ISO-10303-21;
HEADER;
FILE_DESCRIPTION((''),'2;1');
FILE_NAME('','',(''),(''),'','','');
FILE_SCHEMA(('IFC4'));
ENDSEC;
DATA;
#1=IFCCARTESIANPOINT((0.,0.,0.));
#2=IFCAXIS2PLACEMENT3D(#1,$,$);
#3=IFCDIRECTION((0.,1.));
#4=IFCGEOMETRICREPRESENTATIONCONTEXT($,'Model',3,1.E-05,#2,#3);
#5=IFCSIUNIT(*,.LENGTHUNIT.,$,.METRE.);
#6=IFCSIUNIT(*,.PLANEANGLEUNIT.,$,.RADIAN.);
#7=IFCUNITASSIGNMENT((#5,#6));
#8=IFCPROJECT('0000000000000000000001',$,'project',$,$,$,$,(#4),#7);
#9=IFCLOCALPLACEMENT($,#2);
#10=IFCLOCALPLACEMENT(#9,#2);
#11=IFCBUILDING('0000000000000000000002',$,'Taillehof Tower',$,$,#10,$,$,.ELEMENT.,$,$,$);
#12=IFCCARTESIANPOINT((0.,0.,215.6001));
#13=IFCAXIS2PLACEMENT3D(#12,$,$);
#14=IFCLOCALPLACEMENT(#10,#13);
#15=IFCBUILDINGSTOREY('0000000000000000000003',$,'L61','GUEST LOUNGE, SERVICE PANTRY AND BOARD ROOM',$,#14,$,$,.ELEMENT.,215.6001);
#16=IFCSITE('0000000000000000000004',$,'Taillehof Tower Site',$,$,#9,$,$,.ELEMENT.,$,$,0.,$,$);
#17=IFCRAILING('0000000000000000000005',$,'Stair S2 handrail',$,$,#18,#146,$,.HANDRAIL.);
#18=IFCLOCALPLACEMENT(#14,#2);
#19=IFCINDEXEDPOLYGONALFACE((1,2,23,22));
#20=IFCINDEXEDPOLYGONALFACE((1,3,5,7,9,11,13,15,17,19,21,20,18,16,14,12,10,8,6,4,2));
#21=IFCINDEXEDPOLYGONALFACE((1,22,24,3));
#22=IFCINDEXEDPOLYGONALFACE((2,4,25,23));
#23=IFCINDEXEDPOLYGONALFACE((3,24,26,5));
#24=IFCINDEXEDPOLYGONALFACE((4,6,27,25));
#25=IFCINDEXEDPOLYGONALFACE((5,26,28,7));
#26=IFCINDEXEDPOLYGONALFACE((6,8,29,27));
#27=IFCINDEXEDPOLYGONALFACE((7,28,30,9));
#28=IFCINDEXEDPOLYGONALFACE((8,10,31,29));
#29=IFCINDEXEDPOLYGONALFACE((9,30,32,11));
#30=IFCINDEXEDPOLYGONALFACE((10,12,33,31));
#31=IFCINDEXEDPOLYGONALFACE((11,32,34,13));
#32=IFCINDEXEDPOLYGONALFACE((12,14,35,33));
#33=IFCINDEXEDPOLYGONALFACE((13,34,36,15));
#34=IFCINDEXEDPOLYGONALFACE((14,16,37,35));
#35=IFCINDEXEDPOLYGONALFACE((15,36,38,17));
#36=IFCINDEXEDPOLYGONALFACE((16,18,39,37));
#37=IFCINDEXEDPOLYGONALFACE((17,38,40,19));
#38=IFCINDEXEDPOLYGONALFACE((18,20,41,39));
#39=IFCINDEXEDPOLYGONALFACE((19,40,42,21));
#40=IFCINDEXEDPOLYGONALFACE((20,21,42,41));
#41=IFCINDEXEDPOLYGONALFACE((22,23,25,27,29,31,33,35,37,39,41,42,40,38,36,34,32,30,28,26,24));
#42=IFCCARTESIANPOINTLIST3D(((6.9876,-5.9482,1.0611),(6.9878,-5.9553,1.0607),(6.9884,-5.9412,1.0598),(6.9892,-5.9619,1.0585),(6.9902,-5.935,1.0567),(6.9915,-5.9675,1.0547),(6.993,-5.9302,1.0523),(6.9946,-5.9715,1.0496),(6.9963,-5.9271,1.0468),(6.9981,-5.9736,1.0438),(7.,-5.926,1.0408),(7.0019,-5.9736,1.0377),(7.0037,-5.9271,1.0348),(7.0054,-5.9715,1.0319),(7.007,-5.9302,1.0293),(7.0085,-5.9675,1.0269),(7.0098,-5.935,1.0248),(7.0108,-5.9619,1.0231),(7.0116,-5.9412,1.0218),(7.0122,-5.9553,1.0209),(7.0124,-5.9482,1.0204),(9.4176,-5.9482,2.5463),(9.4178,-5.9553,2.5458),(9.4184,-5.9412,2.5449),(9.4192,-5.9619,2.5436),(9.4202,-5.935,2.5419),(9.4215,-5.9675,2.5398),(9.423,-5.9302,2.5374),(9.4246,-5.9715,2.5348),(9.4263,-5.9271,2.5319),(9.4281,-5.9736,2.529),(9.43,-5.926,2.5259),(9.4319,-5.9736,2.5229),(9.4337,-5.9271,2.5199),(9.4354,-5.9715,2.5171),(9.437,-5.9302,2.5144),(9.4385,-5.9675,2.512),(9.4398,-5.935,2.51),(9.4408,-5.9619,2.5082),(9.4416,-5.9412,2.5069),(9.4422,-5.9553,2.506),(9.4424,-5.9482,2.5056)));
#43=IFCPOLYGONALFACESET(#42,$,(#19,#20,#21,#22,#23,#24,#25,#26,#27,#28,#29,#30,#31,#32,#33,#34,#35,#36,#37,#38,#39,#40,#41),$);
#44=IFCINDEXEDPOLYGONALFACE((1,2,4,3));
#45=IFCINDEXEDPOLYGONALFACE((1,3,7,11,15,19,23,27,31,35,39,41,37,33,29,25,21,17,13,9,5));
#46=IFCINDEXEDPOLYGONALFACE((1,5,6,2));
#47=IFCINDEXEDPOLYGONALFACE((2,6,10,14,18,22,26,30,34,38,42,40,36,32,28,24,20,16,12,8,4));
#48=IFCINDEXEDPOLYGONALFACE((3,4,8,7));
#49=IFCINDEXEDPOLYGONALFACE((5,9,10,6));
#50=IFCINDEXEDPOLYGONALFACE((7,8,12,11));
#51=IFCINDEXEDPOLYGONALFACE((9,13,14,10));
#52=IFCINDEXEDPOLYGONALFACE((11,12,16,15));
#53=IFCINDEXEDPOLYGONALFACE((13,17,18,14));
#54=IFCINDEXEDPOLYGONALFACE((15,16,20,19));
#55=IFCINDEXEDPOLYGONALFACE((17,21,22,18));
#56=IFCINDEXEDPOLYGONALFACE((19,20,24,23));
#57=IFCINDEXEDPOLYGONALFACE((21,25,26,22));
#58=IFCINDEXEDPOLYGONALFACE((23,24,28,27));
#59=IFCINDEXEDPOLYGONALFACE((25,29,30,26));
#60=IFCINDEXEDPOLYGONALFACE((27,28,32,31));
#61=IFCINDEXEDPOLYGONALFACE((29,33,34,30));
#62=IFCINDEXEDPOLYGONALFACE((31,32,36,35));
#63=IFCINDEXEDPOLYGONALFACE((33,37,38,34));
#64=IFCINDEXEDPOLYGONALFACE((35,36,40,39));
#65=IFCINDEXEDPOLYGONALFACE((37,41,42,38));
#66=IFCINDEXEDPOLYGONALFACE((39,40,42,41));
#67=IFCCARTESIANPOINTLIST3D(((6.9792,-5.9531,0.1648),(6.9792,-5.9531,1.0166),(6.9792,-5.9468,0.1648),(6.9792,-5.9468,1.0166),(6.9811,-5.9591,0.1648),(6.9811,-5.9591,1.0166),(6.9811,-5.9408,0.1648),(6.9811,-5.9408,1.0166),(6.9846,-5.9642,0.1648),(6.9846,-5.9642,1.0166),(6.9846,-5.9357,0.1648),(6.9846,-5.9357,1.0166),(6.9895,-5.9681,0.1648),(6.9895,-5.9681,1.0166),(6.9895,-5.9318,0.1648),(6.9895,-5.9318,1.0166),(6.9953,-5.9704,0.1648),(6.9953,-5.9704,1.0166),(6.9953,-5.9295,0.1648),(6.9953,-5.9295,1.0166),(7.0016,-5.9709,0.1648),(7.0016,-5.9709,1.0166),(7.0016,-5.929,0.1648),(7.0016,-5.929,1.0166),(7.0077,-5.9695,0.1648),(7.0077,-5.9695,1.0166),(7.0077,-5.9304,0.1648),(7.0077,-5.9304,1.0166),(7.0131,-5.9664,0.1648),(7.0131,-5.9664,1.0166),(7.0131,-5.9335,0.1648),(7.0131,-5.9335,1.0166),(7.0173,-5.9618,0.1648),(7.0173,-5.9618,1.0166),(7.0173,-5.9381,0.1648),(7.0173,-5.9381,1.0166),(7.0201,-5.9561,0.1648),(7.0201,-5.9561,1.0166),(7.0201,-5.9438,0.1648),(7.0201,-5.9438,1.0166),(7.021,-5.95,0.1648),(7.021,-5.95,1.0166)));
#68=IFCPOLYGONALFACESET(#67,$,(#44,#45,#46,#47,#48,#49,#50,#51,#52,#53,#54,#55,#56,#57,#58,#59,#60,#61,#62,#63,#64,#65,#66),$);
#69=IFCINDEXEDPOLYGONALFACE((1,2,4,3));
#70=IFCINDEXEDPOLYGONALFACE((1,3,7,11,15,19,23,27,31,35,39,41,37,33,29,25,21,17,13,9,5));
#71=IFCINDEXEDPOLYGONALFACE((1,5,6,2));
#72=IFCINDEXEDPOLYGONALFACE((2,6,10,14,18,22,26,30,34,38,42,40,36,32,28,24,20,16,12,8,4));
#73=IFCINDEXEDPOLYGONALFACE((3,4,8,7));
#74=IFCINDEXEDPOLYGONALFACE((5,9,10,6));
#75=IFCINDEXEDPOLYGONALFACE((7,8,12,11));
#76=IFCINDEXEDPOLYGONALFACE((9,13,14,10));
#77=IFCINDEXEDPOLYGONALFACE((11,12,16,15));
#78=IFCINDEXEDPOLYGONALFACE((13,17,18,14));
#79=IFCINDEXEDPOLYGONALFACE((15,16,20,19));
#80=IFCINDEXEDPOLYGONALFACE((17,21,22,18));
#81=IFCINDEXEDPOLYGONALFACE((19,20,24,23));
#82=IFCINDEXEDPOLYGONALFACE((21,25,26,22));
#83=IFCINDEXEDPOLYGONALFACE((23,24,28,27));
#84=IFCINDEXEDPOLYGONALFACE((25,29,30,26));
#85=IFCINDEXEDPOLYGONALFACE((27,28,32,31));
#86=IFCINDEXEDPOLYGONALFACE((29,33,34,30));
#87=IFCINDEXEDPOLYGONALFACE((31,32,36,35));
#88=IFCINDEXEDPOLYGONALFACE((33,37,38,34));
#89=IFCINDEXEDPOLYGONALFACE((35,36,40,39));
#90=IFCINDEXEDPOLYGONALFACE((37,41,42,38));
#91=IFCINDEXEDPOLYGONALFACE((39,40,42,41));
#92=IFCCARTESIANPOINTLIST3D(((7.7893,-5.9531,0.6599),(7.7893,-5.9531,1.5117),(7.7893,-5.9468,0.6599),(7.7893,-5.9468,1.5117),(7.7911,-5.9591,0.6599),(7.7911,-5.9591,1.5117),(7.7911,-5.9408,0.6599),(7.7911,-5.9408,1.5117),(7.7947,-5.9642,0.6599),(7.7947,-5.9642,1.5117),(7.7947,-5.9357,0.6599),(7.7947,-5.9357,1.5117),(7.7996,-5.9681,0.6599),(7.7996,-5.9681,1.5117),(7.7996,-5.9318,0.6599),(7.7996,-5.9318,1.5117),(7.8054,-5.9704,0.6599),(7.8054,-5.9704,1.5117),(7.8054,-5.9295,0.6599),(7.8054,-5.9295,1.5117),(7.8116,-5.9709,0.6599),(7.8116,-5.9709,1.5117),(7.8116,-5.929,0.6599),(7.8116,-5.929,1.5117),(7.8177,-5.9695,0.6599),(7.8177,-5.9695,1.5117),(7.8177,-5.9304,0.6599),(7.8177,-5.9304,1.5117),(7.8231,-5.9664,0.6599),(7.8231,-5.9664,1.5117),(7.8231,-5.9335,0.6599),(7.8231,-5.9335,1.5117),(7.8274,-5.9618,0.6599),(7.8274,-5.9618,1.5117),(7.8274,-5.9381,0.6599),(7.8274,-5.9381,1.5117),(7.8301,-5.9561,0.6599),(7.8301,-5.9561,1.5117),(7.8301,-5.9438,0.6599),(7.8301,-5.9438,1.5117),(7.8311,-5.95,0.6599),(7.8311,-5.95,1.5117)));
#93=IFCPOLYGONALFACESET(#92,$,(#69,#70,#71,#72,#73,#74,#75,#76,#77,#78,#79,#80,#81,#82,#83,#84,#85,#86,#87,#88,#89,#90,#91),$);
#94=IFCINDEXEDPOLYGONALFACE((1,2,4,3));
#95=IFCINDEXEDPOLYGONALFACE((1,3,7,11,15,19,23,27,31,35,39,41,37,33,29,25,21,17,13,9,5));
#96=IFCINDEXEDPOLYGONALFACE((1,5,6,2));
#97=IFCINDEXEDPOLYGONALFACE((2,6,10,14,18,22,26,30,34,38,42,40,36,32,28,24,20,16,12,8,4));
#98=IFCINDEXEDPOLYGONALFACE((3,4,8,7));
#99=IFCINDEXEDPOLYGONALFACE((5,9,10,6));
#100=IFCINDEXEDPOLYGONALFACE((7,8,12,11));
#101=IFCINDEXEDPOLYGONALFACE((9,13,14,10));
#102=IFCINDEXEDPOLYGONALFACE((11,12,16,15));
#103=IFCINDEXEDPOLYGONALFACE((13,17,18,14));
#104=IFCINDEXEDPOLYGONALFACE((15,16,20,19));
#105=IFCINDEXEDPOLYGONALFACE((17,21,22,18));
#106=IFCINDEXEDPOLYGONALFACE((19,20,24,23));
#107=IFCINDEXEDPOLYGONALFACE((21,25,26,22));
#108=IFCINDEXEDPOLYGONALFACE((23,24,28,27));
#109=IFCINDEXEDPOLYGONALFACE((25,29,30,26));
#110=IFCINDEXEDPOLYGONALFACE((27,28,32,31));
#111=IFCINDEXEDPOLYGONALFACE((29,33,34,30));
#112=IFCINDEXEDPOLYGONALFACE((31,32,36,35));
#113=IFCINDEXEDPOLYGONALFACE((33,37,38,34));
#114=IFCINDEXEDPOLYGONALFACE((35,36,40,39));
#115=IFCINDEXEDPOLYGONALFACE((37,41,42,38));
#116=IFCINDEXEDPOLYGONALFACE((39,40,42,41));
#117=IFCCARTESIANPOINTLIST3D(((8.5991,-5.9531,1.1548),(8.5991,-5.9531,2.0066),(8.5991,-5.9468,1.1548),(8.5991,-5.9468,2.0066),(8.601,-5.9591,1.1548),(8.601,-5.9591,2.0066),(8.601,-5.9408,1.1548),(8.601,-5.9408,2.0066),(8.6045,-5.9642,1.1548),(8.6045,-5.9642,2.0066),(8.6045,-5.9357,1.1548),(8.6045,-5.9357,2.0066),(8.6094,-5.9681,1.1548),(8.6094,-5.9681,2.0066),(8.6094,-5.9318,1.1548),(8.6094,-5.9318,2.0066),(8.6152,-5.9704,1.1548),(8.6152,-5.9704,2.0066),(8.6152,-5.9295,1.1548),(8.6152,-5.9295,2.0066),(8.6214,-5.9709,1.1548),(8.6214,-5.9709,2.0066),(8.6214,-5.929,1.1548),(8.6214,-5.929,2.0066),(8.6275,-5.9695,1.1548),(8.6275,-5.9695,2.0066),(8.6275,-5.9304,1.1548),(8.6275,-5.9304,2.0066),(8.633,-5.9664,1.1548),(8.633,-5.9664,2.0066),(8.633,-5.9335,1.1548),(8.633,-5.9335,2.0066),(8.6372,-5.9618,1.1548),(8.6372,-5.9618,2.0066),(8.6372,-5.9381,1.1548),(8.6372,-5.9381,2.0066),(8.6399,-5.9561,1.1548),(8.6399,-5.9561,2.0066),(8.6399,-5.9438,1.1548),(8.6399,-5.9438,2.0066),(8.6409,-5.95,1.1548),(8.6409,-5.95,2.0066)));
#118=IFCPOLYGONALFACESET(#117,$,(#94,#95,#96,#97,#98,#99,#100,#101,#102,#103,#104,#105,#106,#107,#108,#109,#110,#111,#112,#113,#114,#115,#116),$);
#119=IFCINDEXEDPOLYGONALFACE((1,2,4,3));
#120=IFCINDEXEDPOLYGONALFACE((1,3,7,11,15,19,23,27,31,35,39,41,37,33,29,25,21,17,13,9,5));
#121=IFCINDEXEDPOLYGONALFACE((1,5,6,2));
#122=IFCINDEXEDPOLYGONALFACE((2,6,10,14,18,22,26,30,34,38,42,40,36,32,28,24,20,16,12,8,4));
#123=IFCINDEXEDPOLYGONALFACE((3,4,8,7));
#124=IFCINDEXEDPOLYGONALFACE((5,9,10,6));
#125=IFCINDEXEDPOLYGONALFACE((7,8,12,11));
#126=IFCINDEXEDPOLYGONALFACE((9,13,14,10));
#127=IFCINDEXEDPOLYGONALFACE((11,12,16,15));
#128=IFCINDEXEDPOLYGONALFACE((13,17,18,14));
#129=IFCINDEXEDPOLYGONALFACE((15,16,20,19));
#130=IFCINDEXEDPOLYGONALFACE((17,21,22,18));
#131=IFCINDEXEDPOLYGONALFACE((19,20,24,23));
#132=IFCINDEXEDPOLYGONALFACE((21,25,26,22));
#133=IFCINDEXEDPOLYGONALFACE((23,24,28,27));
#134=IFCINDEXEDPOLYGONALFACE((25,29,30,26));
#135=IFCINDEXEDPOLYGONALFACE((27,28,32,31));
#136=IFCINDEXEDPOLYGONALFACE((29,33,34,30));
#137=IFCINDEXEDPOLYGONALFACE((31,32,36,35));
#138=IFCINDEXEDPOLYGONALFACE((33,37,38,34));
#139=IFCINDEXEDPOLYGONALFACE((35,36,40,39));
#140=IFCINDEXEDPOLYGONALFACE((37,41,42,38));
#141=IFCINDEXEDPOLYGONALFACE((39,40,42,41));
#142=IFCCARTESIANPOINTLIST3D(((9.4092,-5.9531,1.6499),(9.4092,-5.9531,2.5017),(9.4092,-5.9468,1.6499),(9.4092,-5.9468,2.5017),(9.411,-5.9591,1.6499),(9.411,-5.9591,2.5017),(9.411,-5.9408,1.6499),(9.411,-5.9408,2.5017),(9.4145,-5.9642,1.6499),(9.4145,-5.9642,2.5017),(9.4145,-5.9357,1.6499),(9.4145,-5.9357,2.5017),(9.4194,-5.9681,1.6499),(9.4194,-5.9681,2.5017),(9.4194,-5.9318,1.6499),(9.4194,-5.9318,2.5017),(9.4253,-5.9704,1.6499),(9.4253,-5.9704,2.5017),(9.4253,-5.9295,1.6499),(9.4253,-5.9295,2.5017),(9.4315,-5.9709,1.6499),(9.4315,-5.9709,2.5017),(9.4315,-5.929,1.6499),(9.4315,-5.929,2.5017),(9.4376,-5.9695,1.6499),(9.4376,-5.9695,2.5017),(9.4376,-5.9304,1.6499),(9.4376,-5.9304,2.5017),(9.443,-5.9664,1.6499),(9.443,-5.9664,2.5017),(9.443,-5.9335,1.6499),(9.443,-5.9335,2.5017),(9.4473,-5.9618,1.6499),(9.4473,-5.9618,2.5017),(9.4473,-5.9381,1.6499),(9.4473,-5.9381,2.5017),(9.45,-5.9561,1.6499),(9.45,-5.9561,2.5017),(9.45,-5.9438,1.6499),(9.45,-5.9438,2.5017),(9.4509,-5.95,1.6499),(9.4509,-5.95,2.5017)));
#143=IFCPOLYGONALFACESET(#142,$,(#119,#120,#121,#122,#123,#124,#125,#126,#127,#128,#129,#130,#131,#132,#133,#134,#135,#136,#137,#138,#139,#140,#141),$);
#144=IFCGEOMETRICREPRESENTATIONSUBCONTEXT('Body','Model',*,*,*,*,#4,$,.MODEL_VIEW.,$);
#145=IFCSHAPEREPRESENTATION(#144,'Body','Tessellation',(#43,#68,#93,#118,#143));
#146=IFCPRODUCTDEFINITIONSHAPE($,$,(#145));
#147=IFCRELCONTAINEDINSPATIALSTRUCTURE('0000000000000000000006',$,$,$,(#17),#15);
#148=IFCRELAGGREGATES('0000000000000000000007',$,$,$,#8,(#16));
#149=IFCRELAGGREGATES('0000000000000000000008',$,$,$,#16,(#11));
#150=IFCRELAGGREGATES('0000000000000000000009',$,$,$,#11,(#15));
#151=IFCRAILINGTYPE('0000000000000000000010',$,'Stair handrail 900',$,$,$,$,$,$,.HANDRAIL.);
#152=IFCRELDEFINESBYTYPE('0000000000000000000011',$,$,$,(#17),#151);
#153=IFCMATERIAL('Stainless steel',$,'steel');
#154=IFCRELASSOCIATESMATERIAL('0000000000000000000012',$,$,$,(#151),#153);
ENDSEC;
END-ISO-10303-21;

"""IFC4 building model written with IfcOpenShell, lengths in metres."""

from ifc_helpers import new_model, si_unit, direction, frame, origin, origin_2d, place, context, subcontext, project, spatial, circle, extrude, material, type_object, element, save


model = new_model("IFC4")

# Units and contexts
model_context = context("Model", 3, precision=1e-05, world=origin(), true_north=direction((0.0, 1.0)))
body_context = subcontext(model_context, "Body", "Model", "MODEL_VIEW")
ifc_project = project(units=[si_unit("LENGTHUNIT", "METRE"), si_unit("PLANEANGLEUNIT", "RADIAN")], contexts=[model_context])

# Site, building, storey
site_placement = place(None, origin())
site = spatial("IfcSite", under=ifc_project, at=site_placement, Name="Taillehof Tower Site", CompositionType="ELEMENT", RefElevation=0.0)
building_placement = place(site_placement, origin())
building = spatial("IfcBuilding", under=site, at=building_placement, Name="Taillehof Tower", CompositionType="ELEMENT")
storey_placement = place(building_placement, frame((0.0, 0.0, 215.6001)))
storey = spatial("IfcBuildingStorey", under=building, at=storey_placement, Name="L61", Description="GUEST LOUNGE, SERVICE PANTRY AND BOARD ROOM", CompositionType="ELEMENT", Elevation=215.6001)

# Railing
ifc_material_1 = material(Name="Stainless steel", Category="steel")
railing_type = type_object("IfcRailingType", Name="Stair handrail 900", PredefinedType="HANDRAIL", material=ifc_material_1)
railing_placement = place(storey_placement, frame((7.0, -5.95, 0.1648)))
element("IfcRailing", 1, at=railing_placement, inside=storey, type_object=railing_type, Name="Stair S2 handrail", PredefinedType="HANDRAIL", context=body_context, shape_type="SweptSolid", body=[
    extrude(circle(Radius=0.0239, at=origin_2d()), frame((0.0, 0.0, 0.876), z_axis=(0.853259, 0.0, 0.521488), x_axis=(0.0, 1.0, 0.0)), (0.0, 0.0, 1.0), 2.8479),
    extrude(circle(Radius=0.021, at=origin_2d()), origin(), (0.0, 0.0, 1.0), 0.8518),
    extrude(circle(Radius=0.021, at=origin_2d()), frame((0.8101, 0.0, 0.4951)), (0.0, 0.0, 1.0), 0.8518),
    extrude(circle(Radius=0.021, at=origin_2d()), frame((1.6199, 0.0, 0.99)), (0.0, 0.0, 1.0), 0.8518),
    extrude(circle(Radius=0.021, at=origin_2d()), frame((2.4299, 0.0, 1.4851)), (0.0, 0.0, 1.0), 0.8518),
])

save(model, "model.ifc")
